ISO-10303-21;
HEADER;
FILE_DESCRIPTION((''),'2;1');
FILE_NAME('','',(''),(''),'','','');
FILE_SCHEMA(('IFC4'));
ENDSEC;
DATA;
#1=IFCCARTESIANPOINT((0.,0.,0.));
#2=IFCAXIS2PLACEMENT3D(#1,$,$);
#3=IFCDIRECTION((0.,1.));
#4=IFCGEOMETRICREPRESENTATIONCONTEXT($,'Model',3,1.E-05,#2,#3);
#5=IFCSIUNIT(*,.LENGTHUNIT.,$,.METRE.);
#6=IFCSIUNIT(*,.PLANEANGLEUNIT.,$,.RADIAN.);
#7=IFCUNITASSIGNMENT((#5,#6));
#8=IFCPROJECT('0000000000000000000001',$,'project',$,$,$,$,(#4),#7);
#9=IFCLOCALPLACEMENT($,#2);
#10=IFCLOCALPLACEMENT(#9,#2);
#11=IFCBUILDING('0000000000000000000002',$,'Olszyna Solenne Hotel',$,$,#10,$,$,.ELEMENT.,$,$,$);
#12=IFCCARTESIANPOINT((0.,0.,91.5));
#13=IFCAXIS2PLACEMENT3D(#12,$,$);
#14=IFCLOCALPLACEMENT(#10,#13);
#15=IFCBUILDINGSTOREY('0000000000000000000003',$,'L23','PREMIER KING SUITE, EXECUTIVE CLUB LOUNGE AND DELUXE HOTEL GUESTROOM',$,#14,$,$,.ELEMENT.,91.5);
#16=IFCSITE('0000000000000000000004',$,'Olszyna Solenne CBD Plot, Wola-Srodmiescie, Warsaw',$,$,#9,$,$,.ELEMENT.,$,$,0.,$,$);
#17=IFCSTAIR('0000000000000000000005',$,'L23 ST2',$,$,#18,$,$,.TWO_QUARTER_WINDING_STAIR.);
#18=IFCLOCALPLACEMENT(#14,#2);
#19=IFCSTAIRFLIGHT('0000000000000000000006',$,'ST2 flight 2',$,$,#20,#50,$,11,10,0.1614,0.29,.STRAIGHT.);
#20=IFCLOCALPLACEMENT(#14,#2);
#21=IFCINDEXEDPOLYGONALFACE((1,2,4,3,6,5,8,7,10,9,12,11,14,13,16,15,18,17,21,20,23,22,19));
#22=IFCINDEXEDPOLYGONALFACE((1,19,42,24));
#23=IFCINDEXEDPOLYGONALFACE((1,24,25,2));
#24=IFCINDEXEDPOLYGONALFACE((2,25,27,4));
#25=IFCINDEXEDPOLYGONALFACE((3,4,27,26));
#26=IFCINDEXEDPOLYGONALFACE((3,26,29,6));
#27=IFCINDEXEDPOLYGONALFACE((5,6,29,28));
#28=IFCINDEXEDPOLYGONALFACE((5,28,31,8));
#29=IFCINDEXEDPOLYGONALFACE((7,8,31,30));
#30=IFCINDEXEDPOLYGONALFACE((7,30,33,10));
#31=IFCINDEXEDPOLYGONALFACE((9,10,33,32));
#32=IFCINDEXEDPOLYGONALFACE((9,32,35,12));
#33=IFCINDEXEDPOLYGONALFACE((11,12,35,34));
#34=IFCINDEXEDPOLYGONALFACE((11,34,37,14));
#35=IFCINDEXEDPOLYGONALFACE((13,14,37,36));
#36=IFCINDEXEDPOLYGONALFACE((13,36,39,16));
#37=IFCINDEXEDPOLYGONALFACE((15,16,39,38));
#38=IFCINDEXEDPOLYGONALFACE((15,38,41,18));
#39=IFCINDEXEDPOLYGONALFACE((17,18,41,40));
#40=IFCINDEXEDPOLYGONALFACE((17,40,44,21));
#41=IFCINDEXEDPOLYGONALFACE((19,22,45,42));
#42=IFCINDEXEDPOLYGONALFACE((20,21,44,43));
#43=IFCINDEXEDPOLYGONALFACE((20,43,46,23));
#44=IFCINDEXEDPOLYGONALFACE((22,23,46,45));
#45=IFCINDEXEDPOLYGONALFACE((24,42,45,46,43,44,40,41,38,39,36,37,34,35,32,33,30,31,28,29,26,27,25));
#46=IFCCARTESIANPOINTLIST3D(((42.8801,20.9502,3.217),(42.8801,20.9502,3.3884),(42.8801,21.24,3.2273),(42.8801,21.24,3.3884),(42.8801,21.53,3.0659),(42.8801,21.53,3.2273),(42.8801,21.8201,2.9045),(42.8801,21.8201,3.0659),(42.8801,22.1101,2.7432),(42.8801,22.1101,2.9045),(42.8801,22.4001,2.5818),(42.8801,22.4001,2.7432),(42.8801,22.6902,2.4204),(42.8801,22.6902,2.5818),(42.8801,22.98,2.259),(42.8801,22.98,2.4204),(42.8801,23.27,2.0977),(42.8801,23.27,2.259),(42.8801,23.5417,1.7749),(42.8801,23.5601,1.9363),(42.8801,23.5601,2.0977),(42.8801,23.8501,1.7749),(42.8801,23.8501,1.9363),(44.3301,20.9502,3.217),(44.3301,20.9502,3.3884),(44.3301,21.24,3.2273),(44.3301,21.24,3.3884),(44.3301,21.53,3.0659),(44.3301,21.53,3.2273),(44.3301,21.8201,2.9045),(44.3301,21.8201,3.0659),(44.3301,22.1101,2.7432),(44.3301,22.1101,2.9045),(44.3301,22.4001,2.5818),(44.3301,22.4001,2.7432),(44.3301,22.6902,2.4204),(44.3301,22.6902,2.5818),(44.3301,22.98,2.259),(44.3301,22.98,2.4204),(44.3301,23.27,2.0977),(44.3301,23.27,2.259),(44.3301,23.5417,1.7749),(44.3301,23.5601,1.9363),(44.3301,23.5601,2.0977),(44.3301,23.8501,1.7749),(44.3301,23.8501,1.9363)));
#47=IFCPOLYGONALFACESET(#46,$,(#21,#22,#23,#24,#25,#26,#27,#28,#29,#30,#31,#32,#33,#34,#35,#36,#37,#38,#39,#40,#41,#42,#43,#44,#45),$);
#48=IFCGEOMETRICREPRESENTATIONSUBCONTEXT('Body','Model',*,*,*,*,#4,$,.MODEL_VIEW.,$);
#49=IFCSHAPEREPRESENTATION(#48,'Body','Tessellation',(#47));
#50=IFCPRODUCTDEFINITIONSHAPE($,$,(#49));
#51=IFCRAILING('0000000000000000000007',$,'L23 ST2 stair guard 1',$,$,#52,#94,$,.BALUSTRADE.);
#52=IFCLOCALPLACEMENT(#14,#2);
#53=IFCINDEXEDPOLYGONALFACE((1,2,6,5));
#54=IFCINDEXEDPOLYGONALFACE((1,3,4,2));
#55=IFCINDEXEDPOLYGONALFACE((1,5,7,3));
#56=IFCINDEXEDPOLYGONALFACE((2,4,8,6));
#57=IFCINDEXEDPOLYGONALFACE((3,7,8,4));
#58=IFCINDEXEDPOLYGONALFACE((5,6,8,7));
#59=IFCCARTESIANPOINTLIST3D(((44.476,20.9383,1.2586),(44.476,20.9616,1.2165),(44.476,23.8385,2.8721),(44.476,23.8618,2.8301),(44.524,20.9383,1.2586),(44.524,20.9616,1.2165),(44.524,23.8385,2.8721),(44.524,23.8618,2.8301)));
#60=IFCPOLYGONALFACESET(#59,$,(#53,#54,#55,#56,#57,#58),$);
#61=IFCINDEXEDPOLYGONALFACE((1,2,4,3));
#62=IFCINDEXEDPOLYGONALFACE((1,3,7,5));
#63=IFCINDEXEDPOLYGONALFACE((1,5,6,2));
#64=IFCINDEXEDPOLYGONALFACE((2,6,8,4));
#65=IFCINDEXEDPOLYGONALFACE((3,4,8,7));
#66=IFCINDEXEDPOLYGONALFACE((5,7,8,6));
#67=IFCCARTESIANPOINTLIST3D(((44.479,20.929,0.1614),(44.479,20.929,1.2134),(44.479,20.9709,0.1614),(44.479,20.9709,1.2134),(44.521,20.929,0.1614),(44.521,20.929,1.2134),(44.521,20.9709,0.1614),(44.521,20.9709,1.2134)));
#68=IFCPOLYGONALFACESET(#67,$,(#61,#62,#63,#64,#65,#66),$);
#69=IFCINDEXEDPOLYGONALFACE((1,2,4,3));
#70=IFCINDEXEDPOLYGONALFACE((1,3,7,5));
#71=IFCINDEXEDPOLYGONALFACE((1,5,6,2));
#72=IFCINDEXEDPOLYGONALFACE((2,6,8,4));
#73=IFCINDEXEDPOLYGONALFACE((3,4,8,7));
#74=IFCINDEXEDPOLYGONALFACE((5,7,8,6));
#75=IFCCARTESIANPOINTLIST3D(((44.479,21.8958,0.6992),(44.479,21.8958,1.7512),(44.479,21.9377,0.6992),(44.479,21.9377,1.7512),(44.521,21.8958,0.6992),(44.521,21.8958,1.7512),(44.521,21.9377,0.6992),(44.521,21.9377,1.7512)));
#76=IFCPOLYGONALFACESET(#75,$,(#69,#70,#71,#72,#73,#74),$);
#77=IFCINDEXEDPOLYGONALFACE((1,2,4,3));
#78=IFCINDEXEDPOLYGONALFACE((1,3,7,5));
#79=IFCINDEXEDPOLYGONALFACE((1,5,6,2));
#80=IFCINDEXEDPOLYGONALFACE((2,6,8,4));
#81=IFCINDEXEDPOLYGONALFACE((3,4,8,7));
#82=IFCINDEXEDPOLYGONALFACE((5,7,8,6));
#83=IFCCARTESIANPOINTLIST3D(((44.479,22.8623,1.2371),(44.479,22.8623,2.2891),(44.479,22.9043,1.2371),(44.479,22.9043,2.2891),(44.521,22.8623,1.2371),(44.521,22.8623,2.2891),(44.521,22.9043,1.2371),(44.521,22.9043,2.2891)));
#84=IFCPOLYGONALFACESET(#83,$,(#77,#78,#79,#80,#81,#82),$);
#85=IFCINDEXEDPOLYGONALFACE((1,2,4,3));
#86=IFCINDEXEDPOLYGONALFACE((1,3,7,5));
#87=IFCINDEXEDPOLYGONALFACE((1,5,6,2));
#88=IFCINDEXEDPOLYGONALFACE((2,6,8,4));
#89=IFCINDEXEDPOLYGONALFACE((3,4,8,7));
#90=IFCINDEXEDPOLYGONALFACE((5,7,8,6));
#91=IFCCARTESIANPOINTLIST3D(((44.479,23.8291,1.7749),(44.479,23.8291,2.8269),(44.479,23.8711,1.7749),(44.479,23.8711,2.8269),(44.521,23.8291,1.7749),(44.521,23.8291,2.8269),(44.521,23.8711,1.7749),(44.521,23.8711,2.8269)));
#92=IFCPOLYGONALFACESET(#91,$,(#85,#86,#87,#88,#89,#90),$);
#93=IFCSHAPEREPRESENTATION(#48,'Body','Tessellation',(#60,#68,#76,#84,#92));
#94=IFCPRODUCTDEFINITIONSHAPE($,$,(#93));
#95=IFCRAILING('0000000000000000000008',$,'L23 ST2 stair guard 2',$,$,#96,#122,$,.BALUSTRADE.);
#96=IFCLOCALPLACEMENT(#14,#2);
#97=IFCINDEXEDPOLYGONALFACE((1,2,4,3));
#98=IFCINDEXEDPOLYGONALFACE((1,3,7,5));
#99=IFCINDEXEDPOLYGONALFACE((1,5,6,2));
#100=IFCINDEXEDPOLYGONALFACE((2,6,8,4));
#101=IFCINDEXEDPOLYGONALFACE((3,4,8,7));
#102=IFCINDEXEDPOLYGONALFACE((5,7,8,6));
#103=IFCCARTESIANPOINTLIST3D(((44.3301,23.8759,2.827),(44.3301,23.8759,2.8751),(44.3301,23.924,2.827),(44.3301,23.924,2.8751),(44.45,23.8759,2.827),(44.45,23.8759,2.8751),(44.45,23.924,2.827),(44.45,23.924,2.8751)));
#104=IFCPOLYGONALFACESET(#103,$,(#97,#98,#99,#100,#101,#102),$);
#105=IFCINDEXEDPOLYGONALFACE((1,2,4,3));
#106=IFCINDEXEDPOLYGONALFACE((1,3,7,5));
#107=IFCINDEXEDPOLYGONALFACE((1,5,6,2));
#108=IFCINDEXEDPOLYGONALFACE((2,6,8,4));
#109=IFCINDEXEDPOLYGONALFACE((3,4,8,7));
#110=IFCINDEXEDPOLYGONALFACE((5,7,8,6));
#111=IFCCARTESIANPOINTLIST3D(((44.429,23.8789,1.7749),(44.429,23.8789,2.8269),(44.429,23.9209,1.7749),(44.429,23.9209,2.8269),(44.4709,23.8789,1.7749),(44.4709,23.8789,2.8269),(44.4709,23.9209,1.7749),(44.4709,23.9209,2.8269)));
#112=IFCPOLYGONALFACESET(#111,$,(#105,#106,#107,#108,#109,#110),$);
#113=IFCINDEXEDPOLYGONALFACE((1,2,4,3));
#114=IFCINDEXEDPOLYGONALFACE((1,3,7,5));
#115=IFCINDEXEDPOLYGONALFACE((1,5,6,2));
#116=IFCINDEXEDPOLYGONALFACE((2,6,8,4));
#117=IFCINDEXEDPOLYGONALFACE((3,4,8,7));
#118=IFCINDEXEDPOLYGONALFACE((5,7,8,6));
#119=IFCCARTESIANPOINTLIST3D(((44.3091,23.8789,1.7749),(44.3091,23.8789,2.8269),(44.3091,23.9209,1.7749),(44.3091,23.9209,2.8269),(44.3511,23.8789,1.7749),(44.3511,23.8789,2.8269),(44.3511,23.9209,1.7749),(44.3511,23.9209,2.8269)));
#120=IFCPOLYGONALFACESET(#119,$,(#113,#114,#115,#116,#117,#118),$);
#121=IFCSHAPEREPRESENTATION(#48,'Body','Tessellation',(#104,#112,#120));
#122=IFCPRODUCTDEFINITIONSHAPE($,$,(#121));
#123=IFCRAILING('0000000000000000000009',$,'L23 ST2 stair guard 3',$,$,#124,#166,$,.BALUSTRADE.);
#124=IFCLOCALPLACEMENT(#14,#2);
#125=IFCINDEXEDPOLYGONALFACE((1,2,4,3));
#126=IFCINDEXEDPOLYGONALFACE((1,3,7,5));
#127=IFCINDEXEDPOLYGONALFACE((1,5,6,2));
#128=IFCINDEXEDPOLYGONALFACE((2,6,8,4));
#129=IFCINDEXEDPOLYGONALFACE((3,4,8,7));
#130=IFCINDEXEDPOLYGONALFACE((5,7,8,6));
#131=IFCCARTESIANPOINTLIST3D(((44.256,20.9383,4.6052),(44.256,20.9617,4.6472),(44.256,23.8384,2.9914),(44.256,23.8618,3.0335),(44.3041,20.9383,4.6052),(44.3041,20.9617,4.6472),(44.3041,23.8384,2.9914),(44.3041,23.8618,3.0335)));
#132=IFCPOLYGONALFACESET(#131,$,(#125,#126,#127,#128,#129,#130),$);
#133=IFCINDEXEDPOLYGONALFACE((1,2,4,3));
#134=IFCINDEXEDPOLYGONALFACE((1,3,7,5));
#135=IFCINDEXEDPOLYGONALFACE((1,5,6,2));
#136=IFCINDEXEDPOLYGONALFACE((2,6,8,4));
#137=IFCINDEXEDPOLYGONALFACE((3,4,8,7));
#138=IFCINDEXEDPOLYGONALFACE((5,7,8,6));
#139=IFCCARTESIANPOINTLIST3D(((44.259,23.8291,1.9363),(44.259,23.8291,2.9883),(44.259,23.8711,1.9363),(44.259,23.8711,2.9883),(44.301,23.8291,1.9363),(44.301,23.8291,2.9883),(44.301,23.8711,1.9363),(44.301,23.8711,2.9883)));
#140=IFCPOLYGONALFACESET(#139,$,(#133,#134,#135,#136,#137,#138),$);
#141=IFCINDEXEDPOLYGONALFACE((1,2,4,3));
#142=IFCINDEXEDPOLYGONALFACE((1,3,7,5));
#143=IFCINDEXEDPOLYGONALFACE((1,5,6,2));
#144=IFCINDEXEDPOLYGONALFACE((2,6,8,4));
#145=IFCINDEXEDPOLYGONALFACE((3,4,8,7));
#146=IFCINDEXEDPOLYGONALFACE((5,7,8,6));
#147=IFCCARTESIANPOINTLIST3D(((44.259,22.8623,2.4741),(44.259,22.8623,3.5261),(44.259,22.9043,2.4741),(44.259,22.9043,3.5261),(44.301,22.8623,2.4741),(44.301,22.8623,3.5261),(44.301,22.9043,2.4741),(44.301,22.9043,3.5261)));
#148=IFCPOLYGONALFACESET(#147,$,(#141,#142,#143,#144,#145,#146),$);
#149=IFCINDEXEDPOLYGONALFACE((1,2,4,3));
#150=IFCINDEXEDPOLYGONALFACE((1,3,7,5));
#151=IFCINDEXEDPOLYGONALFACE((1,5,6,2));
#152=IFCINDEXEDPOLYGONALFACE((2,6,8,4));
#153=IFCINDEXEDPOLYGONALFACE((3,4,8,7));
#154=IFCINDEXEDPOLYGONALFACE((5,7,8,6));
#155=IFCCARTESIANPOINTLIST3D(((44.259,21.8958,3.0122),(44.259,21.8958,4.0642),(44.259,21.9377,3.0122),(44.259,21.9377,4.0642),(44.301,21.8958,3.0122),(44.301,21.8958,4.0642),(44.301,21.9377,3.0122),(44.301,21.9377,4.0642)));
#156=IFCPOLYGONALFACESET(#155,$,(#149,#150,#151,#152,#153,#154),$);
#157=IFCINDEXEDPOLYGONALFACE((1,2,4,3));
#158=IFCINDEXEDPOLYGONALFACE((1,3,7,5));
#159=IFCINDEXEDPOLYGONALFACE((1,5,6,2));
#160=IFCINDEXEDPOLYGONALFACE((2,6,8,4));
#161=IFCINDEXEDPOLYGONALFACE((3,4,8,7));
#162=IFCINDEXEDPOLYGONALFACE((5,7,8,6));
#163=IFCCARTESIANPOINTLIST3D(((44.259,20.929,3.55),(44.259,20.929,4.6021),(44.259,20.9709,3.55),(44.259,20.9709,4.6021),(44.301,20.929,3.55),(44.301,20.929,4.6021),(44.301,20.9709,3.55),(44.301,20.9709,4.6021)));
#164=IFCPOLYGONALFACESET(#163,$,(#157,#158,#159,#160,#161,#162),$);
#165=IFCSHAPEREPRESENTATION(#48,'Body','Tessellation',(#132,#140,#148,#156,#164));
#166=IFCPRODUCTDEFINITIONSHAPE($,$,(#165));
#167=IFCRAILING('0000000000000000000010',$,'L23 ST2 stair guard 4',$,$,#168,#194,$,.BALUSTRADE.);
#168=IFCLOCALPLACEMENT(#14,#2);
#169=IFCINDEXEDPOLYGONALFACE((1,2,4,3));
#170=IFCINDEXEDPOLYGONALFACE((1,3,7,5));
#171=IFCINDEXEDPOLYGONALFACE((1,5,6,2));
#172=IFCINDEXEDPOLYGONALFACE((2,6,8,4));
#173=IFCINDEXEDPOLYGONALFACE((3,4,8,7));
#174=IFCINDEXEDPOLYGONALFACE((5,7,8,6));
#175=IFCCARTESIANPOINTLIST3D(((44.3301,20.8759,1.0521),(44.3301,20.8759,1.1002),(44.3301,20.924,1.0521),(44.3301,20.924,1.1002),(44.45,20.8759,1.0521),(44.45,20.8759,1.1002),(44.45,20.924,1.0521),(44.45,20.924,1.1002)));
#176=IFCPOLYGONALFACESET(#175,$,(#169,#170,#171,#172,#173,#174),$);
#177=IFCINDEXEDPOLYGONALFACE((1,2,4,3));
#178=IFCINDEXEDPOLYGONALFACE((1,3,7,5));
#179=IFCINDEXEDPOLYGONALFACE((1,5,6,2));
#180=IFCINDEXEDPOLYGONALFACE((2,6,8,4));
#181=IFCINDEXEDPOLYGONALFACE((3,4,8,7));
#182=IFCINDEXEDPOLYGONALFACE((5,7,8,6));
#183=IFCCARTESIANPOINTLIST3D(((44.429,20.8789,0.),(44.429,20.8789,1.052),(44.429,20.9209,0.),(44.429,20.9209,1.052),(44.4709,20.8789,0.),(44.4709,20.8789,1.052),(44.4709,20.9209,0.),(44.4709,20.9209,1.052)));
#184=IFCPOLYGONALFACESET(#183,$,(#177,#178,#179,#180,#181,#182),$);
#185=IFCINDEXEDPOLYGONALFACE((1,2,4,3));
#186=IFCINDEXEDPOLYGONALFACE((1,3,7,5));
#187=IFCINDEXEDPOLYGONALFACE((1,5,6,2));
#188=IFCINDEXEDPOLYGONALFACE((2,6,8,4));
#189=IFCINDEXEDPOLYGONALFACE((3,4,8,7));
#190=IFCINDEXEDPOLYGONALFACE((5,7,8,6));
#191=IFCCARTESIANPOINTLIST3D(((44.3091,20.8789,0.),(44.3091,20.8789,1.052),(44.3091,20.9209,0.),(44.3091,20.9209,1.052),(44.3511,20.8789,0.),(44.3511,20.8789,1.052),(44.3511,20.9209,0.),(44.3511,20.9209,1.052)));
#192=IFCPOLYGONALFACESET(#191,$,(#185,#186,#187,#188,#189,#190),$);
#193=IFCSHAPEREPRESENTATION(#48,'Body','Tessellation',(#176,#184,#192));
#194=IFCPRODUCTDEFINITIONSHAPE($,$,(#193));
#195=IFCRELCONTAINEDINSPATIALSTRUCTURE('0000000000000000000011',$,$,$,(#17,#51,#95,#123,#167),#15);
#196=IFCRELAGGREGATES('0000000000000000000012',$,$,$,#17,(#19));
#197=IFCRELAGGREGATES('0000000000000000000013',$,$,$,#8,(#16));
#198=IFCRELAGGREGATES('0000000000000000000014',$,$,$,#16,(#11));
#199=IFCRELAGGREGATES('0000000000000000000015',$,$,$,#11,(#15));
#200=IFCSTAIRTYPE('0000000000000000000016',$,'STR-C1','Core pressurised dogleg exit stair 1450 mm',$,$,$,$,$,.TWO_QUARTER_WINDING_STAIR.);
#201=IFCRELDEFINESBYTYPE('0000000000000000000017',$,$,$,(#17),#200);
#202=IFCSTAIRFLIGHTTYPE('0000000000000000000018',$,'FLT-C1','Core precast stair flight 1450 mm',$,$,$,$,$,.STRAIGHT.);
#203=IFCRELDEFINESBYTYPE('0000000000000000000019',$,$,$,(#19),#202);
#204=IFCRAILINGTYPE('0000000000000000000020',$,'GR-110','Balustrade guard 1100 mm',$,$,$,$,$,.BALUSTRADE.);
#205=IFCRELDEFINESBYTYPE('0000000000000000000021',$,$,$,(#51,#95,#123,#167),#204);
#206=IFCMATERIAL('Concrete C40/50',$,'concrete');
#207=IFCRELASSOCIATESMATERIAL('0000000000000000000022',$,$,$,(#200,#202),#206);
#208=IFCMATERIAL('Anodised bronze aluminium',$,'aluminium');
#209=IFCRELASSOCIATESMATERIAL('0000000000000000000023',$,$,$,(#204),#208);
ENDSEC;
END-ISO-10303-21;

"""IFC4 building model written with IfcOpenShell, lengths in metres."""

from ifc_helpers import new_model, si_unit, direction, frame, origin, origin_2d, place, context, subcontext, project, spatial, polyline, rectangle, outline, extrude, material, type_object, element, aggregate, save


model = new_model("IFC4")

# Units and contexts
model_context = context("Model", 3, precision=1e-05, world=origin(), true_north=direction((0.0, 1.0)))
body_context = subcontext(model_context, "Body", "Model", "MODEL_VIEW")
ifc_project = project(units=[si_unit("LENGTHUNIT", "METRE"), si_unit("PLANEANGLEUNIT", "RADIAN")], contexts=[model_context])

# Site, building, storey
site_placement = place(None, origin())
site = spatial("IfcSite", under=ifc_project, at=site_placement, Name="Olszyna Solenne CBD Plot, Wola-Srodmiescie, Warsaw", CompositionType="ELEMENT", RefElevation=0.0)
building_placement = place(site_placement, origin())
building = spatial("IfcBuilding", under=site, at=building_placement, Name="Olszyna Solenne Hotel", CompositionType="ELEMENT")
storey_placement = place(building_placement, frame((0.0, 0.0, 91.5)))
storey = spatial("IfcBuildingStorey", under=building, at=storey_placement, Name="L23", Description="PREMIER KING SUITE, EXECUTIVE CLUB LOUNGE AND DELUXE HOTEL GUESTROOM", CompositionType="ELEMENT", Elevation=91.5)

# Stair, stair flight
ifc_material_1 = material(Name="Concrete C40/50", Category="concrete")
stair_type = type_object("IfcStairType", Name="STR-C1", Description="Core pressurised dogleg exit stair 1450 mm", PredefinedType="TWO_QUARTER_WINDING_STAIR", material=ifc_material_1)
stair_placement = place(storey_placement, origin())
stair = element("IfcStair", 1, at=stair_placement, inside=storey, type_object=stair_type, Name="L23 ST2", PredefinedType="TWO_QUARTER_WINDING_STAIR")
stair_flight_type = type_object("IfcStairFlightType", Name="FLT-C1", Description="Core precast stair flight 1450 mm", PredefinedType="STRAIGHT", material=ifc_material_1)
stair_flight_1_placement = place(storey_placement, frame((43.605, 23.8501, 1.7749), z_axis=(0.0, 0.0, 1.0), x_axis=(0.0, -1.0, 0.0)))
stair_flight_1 = element("IfcStairFlight", 2, at=stair_flight_1_placement, type_object=stair_flight_type, Name="ST2 flight 2", NumberOfRisers=11, NumberOfTreads=10, PredefinedType="STRAIGHT", RiserHeight=0.1614, TreadLength=0.29, context=body_context, shape_type="SweptSolid", body=[
    extrude(outline(polyline([(0.0, 0.0), (0.0, 0.1614), (0.29, 0.1614), (0.29, 0.3228), (0.5801, 0.3228), (0.5801, 0.4841), (0.8701, 0.4841), (0.8701, 0.6455), (1.1599, 0.6455), (1.1599, 0.8069), (1.45, 0.8069), (1.45, 0.9683), (1.74, 0.9683), (1.74, 1.1296), (2.03, 1.1296), (2.03, 1.291), (2.3201, 1.291), (2.3201, 1.4524), (2.6101, 1.4524), (2.6101, 1.6135), (2.8999, 1.6135), (2.8999, 1.7749), (2.8999, 1.4421), (0.3083, 0.0), (0.0, 0.0)])), frame((0.0, 0.7251, 0.0), z_axis=(0.0, -1.0, 0.0), x_axis=(1.0, 0.0, 0.0)), (0.0, 0.0, 1.0), 1.45),
])
aggregate(stair, [stair_flight_1])

# Railings
ifc_material_2 = material(Name="Anodised bronze aluminium", Category="aluminium")
railing_type_1 = type_object("IfcRailingType", Name="GR-110", Description="Balustrade guard 1100 mm", PredefinedType="BALUSTRADE", material=ifc_material_2)
railing_1_placement = place(storey_placement, frame((44.5, 20.95, 0.1614)))
element("IfcRailing", 3, at=railing_1_placement, inside=storey, type_object=railing_type_1, Name="L23 ST2 stair guard 1", PredefinedType="BALUSTRADE", context=body_context, shape_type="SweptSolid", body=[
    extrude(rectangle(XDim=0.0481, YDim=0.0481, at=origin_2d()), frame((0.0, 0.0, 1.0762), z_axis=(0.0, 0.873859, 0.48618), x_axis=(-1.0, 0.0, 0.0)), (0.0, 0.0, 1.0), 3.3188),
    extrude(rectangle(XDim=0.042, YDim=0.042, at=origin_2d()), origin(), (0.0, 0.0, 1.0), 1.052),
    extrude(rectangle(XDim=0.042, YDim=0.042, at=origin_2d()), frame((0.0, 0.9668, 0.5378)), (0.0, 0.0, 1.0), 1.052),
    extrude(rectangle(XDim=0.042, YDim=0.042, at=origin_2d()), frame((0.0, 1.9333, 1.0757)), (0.0, 0.0, 1.0), 1.052),
    extrude(rectangle(XDim=0.042, YDim=0.042, at=origin_2d()), frame((0.0, 2.9001, 1.6135)), (0.0, 0.0, 1.0), 1.052),
])
railing_2_placement = place(storey_placement, frame((44.45, 23.8999, 1.7749)))
element("IfcRailing", 4, at=railing_2_placement, inside=storey, type_object=railing_type_1, Name="L23 ST2 stair guard 2", PredefinedType="BALUSTRADE", context=body_context, shape_type="SweptSolid", body=[
    extrude(rectangle(XDim=0.0481, YDim=0.0481, at=origin_2d()), frame((0.0, 0.0, 1.0762), z_axis=(-1.0, 0.0, 0.0), x_axis=(0.0, -1.0, 0.0)), (0.0, 0.0, 1.0), 0.1199),
    extrude(rectangle(XDim=0.042, YDim=0.042, at=origin_2d()), origin(), (0.0, 0.0, 1.0), 1.052),
    extrude(rectangle(XDim=0.042, YDim=0.042, at=origin_2d()), frame((-0.1199, 0.0, 0.0)), (0.0, 0.0, 1.0), 1.052),
])
railing_3_placement = place(storey_placement, frame((44.28, 23.8501, 1.9363)))
element("IfcRailing", 5, at=railing_3_placement, inside=storey, type_object=railing_type_1, Name="L23 ST2 stair guard 3", PredefinedType="BALUSTRADE", context=body_context, shape_type="SweptSolid", body=[
    extrude(rectangle(XDim=0.0481, YDim=0.0481, at=origin_2d()), frame((0.0, 0.0, 1.0762), z_axis=(0.0, -0.873827, 0.486236), x_axis=(1.0, 0.0, 0.0)), (0.0, 0.0, 1.0), 3.3188),
    extrude(rectangle(XDim=0.042, YDim=0.042, at=origin_2d()), origin(), (0.0, 0.0, 1.0), 1.052),
    extrude(rectangle(XDim=0.042, YDim=0.042, at=origin_2d()), frame((0.0, -0.9668, 0.5378)), (0.0, 0.0, 1.0), 1.052),
    extrude(rectangle(XDim=0.042, YDim=0.042, at=origin_2d()), frame((0.0, -1.9333, 1.0759)), (0.0, 0.0, 1.0), 1.052),
    extrude(rectangle(XDim=0.042, YDim=0.042, at=origin_2d()), frame((0.0, -2.9001, 1.6138)), (0.0, 0.0, 1.0), 1.052),
])
railing_4_placement = place(storey_placement, frame((44.45, 20.8999, 0.0)))
element("IfcRailing", 6, at=railing_4_placement, inside=storey, type_object=railing_type_1, Name="L23 ST2 stair guard 4", PredefinedType="BALUSTRADE", context=body_context, shape_type="SweptSolid", body=[
    extrude(rectangle(XDim=0.0481, YDim=0.0481, at=origin_2d()), frame((0.0, 0.0, 1.0762), z_axis=(-1.0, 0.0, 0.0), x_axis=(0.0, -1.0, 0.0)), (0.0, 0.0, 1.0), 0.1199),
    extrude(rectangle(XDim=0.042, YDim=0.042, at=origin_2d()), origin(), (0.0, 0.0, 1.0), 1.052),
    extrude(rectangle(XDim=0.042, YDim=0.042, at=origin_2d()), frame((-0.1199, 0.0, 0.0)), (0.0, 0.0, 1.0), 1.052),
])

save(model, "model.ifc")
